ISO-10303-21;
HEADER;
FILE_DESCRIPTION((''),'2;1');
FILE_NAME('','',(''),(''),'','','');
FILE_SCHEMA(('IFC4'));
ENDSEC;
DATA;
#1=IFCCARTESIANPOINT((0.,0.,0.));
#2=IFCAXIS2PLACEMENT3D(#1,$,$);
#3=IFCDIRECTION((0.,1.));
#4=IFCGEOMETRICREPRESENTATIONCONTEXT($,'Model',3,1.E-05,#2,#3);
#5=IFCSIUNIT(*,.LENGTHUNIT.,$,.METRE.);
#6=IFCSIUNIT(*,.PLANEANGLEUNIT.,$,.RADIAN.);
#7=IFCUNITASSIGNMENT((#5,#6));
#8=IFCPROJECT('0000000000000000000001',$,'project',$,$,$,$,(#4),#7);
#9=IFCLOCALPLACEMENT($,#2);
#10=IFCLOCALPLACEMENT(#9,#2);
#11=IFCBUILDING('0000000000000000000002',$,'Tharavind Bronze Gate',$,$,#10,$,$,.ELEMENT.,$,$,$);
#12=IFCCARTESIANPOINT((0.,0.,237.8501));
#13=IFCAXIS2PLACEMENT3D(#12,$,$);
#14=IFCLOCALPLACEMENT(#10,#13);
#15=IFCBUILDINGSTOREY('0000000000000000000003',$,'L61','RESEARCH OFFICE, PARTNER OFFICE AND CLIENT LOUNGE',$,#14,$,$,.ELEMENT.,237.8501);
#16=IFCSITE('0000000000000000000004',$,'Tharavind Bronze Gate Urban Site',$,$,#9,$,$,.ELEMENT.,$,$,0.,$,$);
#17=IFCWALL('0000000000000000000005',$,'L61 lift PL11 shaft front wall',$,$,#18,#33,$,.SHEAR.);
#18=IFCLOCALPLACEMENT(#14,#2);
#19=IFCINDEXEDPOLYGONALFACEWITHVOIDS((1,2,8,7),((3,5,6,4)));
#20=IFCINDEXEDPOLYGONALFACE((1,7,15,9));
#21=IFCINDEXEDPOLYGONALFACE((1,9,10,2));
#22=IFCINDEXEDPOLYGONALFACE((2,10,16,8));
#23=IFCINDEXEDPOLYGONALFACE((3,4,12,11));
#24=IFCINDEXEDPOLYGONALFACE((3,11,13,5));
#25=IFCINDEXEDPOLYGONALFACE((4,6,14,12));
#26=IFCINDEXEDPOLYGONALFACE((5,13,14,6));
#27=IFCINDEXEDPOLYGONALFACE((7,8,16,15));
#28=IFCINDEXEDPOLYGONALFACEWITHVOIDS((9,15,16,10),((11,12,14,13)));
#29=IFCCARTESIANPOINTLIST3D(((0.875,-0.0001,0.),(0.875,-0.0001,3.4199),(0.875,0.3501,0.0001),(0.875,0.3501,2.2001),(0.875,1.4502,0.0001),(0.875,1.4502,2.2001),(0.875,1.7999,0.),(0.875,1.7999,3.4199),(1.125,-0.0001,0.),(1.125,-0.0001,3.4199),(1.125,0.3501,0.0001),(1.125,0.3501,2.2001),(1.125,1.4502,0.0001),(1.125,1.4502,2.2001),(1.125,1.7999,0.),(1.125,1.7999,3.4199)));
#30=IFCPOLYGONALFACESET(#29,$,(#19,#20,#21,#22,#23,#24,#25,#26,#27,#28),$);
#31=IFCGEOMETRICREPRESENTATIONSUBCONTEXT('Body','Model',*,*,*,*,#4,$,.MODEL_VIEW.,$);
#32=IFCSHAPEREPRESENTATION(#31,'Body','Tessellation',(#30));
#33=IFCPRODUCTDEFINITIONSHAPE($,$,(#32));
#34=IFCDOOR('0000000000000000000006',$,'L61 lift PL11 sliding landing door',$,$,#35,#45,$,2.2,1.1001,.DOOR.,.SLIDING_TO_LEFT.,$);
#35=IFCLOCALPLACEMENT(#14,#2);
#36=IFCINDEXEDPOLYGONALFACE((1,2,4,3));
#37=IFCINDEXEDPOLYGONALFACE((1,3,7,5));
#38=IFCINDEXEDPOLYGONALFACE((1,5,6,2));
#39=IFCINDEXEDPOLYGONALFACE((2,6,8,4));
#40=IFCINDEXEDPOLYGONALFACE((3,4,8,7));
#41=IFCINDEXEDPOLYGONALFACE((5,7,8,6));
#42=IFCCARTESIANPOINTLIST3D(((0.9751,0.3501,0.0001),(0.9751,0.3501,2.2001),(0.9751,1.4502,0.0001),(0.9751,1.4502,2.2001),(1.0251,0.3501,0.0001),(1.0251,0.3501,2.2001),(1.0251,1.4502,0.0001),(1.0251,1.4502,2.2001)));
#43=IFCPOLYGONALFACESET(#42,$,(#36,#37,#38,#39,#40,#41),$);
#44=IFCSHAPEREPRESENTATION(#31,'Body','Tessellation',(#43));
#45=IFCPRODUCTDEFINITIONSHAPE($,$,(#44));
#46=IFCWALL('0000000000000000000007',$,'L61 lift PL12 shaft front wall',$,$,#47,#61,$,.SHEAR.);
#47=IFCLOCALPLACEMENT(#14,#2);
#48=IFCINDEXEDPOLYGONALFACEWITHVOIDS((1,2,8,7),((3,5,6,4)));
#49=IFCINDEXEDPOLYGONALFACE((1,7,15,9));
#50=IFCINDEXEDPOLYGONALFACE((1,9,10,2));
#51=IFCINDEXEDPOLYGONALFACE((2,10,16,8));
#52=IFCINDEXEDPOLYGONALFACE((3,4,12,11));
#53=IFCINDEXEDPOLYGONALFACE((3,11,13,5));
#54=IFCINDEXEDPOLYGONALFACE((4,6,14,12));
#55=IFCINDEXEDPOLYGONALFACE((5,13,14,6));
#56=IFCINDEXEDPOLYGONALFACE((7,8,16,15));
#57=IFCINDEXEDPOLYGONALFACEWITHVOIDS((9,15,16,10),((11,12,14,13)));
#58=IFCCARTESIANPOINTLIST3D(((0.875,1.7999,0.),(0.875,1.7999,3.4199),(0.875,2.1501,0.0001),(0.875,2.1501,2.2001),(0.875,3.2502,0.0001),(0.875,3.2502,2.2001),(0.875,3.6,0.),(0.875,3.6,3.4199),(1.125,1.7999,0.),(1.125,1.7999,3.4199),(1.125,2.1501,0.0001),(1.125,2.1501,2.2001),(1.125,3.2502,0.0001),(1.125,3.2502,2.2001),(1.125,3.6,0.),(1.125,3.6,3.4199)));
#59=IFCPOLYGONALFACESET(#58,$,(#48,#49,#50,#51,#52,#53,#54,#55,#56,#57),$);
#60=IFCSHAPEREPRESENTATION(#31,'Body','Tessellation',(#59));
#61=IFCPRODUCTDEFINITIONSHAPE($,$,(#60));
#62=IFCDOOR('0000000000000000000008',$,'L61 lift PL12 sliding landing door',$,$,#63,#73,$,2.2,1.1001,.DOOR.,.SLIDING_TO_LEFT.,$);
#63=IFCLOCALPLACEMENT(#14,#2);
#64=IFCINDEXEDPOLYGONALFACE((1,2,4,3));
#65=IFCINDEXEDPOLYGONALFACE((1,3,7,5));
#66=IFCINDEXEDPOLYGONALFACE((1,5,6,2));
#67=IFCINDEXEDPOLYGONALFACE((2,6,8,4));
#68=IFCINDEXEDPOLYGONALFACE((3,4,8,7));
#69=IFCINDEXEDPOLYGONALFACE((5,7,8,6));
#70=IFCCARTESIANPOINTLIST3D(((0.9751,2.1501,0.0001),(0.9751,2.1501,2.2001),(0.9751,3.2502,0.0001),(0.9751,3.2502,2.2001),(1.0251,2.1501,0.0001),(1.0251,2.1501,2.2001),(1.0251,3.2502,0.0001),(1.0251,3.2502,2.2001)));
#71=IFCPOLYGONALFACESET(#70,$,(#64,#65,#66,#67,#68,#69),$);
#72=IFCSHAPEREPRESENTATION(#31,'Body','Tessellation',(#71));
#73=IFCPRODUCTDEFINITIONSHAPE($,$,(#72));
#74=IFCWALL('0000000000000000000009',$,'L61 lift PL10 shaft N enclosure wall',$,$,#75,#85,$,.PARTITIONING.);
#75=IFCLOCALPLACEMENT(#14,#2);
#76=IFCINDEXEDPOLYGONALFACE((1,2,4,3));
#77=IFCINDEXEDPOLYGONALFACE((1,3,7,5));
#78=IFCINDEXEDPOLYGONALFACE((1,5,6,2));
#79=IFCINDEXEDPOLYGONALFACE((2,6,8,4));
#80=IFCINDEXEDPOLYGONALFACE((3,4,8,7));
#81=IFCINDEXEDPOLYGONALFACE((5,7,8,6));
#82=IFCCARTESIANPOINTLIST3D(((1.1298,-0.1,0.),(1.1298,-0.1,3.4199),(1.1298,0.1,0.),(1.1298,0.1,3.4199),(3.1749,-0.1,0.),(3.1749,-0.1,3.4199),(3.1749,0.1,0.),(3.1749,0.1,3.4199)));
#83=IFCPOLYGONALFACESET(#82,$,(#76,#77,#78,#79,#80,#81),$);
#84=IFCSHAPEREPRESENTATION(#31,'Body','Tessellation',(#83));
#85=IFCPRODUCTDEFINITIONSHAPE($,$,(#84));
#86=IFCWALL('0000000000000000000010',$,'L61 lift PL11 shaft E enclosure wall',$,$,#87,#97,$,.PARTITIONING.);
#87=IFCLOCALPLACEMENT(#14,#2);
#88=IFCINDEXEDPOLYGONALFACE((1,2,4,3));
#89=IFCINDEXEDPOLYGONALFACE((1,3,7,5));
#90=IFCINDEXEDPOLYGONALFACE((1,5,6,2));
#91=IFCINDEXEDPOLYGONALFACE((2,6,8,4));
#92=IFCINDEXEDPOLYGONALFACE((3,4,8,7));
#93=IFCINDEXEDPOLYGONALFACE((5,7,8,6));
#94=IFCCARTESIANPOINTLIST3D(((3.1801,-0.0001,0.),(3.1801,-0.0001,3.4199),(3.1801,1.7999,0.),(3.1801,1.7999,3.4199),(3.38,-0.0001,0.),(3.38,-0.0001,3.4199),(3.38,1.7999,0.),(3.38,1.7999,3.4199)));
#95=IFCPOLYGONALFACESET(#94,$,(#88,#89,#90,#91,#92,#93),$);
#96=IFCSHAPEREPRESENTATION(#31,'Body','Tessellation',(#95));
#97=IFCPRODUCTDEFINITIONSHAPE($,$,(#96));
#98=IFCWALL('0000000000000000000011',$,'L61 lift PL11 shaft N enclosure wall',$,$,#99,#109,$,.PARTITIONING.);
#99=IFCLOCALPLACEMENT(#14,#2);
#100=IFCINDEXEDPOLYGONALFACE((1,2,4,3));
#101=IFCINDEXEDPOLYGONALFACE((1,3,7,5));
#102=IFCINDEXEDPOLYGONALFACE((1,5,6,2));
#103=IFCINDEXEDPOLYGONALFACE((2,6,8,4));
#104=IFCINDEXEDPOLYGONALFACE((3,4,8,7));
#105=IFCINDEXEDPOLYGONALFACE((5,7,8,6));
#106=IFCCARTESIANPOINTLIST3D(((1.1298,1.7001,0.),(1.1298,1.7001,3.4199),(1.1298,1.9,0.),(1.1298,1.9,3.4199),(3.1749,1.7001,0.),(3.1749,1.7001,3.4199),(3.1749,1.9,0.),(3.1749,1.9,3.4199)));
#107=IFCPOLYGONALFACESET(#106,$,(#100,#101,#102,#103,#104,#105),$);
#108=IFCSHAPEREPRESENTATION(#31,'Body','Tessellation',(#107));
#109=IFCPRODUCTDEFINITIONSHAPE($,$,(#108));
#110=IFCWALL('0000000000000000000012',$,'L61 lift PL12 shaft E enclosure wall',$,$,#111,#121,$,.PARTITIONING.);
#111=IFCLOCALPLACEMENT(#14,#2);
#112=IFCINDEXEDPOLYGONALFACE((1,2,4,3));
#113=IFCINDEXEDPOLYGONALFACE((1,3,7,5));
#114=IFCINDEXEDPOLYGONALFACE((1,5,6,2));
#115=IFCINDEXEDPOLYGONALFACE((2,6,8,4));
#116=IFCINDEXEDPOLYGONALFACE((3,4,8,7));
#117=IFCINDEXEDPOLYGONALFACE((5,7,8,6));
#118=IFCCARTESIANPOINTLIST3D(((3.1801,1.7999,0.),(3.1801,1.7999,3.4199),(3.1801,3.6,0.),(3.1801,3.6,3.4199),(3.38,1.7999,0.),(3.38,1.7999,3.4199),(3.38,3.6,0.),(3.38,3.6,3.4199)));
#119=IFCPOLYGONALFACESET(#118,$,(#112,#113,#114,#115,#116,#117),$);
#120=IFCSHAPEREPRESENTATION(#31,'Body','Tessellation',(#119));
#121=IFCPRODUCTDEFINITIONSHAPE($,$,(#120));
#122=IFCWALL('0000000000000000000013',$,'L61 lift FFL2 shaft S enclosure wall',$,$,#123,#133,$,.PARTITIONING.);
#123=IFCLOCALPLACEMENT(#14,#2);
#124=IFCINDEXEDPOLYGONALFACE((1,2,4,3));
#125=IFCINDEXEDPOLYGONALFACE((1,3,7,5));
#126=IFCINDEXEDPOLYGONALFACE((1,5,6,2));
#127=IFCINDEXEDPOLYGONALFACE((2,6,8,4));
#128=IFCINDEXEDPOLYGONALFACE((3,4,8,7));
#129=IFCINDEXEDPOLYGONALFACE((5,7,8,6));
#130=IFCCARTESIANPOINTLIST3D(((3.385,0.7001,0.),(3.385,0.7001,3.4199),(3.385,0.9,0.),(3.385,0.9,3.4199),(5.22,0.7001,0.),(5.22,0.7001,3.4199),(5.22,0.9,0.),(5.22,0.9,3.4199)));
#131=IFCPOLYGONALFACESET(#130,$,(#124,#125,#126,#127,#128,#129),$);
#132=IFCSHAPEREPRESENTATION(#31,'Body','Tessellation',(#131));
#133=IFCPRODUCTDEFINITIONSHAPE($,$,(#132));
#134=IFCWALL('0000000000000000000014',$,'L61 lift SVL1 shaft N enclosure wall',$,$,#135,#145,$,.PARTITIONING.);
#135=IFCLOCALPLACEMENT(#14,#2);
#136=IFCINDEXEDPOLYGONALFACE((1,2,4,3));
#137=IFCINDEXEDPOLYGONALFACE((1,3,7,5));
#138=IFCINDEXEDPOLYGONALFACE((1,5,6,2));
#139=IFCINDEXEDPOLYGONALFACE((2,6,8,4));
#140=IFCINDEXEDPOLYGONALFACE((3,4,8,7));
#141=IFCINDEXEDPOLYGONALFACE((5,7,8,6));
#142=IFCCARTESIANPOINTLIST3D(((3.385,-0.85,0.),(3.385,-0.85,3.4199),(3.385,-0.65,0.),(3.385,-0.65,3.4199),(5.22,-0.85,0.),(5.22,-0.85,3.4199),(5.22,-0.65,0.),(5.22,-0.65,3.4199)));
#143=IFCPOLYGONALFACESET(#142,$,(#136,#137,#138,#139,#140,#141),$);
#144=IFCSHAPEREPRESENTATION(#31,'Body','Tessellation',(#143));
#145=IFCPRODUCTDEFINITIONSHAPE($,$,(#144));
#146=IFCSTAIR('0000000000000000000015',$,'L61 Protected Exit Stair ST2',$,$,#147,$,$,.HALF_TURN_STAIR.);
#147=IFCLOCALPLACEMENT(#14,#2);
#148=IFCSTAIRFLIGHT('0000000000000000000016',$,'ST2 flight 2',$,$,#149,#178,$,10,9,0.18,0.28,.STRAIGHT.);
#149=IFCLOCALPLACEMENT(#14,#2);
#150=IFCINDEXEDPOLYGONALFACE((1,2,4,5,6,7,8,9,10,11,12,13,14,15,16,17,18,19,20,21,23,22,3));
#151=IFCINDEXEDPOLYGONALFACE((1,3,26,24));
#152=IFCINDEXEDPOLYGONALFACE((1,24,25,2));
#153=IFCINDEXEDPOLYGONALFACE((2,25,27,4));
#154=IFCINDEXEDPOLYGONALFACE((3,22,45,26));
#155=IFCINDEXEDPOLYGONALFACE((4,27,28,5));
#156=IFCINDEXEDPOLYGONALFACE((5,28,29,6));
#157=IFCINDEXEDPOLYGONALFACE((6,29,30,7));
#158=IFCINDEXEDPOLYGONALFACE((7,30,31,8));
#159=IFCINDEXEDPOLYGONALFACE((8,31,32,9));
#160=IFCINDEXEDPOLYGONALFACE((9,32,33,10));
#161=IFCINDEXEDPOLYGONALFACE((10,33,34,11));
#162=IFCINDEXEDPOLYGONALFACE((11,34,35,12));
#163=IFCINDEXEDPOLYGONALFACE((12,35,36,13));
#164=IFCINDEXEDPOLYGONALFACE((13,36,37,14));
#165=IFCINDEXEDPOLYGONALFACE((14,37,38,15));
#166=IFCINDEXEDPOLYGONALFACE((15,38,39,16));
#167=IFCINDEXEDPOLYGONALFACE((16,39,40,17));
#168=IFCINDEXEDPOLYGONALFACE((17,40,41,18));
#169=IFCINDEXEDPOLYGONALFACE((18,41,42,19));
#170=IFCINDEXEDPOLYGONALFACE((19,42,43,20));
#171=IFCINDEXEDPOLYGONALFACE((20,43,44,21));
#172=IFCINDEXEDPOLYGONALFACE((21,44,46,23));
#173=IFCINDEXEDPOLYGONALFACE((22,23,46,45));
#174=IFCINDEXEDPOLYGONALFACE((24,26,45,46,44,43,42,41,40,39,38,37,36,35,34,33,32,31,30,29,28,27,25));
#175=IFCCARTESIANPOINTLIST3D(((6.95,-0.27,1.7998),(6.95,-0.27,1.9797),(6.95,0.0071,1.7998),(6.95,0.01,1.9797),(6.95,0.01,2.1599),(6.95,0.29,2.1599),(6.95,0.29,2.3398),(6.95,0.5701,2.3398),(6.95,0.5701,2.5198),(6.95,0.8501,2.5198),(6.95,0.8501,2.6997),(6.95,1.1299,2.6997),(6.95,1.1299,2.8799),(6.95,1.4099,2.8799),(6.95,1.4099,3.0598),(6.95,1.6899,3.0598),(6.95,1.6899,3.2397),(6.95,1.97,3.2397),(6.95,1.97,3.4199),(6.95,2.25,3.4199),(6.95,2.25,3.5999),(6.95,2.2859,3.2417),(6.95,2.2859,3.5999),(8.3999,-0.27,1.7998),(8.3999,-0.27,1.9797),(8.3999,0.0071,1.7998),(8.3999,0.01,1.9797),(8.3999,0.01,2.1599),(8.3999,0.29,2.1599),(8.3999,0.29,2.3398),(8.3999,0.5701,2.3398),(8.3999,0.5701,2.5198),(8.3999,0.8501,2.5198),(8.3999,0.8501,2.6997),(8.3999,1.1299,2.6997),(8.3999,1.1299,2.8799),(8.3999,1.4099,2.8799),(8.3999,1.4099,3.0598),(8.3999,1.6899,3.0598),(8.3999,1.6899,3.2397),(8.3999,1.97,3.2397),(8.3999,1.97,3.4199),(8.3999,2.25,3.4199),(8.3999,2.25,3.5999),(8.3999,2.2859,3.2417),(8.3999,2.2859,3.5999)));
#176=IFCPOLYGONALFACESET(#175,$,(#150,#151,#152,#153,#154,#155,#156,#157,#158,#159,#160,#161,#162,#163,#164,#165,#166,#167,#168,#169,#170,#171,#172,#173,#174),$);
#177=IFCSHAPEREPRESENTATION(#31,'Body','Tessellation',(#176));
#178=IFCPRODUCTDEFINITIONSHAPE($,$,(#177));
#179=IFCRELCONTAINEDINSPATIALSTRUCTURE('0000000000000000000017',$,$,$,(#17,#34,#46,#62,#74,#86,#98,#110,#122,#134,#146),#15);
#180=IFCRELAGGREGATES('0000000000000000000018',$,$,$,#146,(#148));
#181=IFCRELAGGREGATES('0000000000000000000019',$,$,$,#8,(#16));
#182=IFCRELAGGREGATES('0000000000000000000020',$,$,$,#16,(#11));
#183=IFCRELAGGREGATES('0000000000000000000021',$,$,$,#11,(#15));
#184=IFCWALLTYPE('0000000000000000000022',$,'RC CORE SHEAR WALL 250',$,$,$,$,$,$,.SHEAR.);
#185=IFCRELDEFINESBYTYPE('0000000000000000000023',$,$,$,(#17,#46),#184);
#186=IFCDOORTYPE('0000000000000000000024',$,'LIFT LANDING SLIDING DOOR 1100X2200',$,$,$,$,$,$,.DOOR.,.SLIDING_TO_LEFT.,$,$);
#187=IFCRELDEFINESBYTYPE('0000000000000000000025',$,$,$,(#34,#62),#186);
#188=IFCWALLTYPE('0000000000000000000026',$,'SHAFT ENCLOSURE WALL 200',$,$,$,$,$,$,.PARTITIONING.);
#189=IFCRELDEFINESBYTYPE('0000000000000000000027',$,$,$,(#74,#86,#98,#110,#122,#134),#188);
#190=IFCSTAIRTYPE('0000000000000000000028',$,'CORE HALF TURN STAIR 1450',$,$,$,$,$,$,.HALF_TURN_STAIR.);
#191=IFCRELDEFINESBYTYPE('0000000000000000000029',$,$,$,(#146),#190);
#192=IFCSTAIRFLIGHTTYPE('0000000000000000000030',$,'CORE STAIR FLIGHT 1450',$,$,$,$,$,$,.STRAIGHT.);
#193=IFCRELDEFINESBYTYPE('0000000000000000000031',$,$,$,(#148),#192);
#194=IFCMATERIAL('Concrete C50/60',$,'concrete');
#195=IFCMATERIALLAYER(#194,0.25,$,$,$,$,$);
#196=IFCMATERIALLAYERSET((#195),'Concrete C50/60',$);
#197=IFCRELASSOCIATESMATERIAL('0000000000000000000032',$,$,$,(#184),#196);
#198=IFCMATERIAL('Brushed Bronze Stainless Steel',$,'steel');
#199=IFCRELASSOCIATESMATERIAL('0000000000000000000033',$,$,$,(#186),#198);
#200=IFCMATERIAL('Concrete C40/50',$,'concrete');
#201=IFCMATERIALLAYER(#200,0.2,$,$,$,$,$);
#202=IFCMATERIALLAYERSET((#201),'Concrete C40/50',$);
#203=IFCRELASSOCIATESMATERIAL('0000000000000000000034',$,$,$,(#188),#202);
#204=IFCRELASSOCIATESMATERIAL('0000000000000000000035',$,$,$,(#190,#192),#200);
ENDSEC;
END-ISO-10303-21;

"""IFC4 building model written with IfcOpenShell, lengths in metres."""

from ifc_helpers import new_model, si_unit, direction, frame, frame_2d, origin, place, context, subcontext, project, spatial, polyline, rectangle, outline, extrude, material, layer, layer_set, type_object, element, fill, aggregate, save


model = new_model("IFC4")

# Units and contexts
model_context = context("Model", 3, precision=1e-05, world=origin(), true_north=direction((0.0, 1.0)))
body_context = subcontext(model_context, "Body", "Model", "MODEL_VIEW")
ifc_project = project(units=[si_unit("LENGTHUNIT", "METRE"), si_unit("PLANEANGLEUNIT", "RADIAN")], contexts=[model_context])

# Site, building, storey
site_placement = place(None, origin())
site = spatial("IfcSite", under=ifc_project, at=site_placement, Name="Tharavind Bronze Gate Urban Site", CompositionType="ELEMENT", RefElevation=0.0)
building_placement = place(site_placement, origin())
building = spatial("IfcBuilding", under=site, at=building_placement, Name="Tharavind Bronze Gate", CompositionType="ELEMENT")
storey_placement = place(building_placement, frame((0.0, 0.0, 237.8501)))
storey = spatial("IfcBuildingStorey", under=building, at=storey_placement, Name="L61", Description="RESEARCH OFFICE, PARTNER OFFICE AND CLIENT LOUNGE", CompositionType="ELEMENT", Elevation=237.8501)

# Walls, openings, doors
ifc_material_1 = material(Name="Concrete C50/60", Category="concrete")
ifc_layer_1 = layer(ifc_material_1, 0.25)
ifc_layer_set_1 = layer_set([ifc_layer_1], Name="Concrete C50/60")
wall_type_1 = type_object("IfcWallType", Name="RC CORE SHEAR WALL 250", PredefinedType="SHEAR", material=ifc_layer_set_1)
wall_1_placement = place(storey_placement, frame((1.0, 0.0, 0.0), z_axis=(0.0, 0.0, 1.0), x_axis=(0.0, 1.0, 0.0)))
wall_1 = element("IfcWall", 1, at=wall_1_placement, inside=storey, type_object=wall_type_1, Name="L61 lift PL11 shaft front wall", PredefinedType="SHEAR", context=body_context, shape_type="SweptSolid", body=[
    extrude(rectangle(XDim=1.8, YDim=0.25, at=frame_2d((0.8999, 0.0))), origin(), (0.0, 0.0, 1.0), 3.4199),
])
opening_1_placement = place(wall_1_placement, frame((0.3501, 0.0, 0.0)))
opening_1 = element("IfcOpeningElement", 2, at=opening_1_placement, cuts=wall_1, PredefinedType="OPENING", context=body_context, shape_type="SweptSolid", body=[
    extrude(rectangle(XDim=1.1001, YDim=2.2, at=frame_2d((0.55, 1.1001))), frame((0.0, 0.135, 0.0), z_axis=(0.0, -1.0, 0.0), x_axis=(1.0, 0.0, 0.0)), (0.0, 0.0, 1.0), 0.27),
])
ifc_material_2 = material(Name="Brushed Bronze Stainless Steel", Category="steel")
door_type = type_object("IfcDoorType", Name="LIFT LANDING SLIDING DOOR 1100X2200", OperationType="SLIDING_TO_LEFT", PredefinedType="DOOR", material=ifc_material_2)
door_1_placement = place(opening_1_placement, origin())
door_1 = element("IfcDoor", 3, at=door_1_placement, inside=storey, type_object=door_type, Name="L61 lift PL11 sliding landing door", OperationType="SLIDING_TO_LEFT", OverallHeight=2.2, OverallWidth=1.1001, PredefinedType="DOOR", context=body_context, shape_type="SweptSolid", body=[
    extrude(rectangle(XDim=1.1001, YDim=2.2, at=frame_2d((0.55, 1.1001))), frame((0.0, 0.0249, 0.0), z_axis=(0.0, -1.0, 0.0), x_axis=(1.0, 0.0, 0.0)), (0.0, 0.0, 1.0), 0.05),
])
fill(opening_1, door_1)
wall_2_placement = place(storey_placement, frame((1.0, 1.8, 0.0), z_axis=(0.0, 0.0, 1.0), x_axis=(0.0, 1.0, 0.0)))
wall_2 = element("IfcWall", 4, at=wall_2_placement, inside=storey, type_object=wall_type_1, Name="L61 lift PL12 shaft front wall", PredefinedType="SHEAR", context=body_context, shape_type="SweptSolid", body=[
    extrude(rectangle(XDim=1.8, YDim=0.25, at=frame_2d((0.8999, 0.0))), origin(), (0.0, 0.0, 1.0), 3.4199),
])
opening_2_placement = place(wall_2_placement, frame((0.3501, 0.0, 0.0)))
opening_2 = element("IfcOpeningElement", 5, at=opening_2_placement, cuts=wall_2, PredefinedType="OPENING", context=body_context, shape_type="SweptSolid", body=[
    extrude(rectangle(XDim=1.1001, YDim=2.2, at=frame_2d((0.55, 1.1001))), frame((0.0, 0.135, 0.0), z_axis=(0.0, -1.0, 0.0), x_axis=(1.0, 0.0, 0.0)), (0.0, 0.0, 1.0), 0.27),
])
door_2_placement = place(opening_2_placement, origin())
door_2 = element("IfcDoor", 6, at=door_2_placement, inside=storey, type_object=door_type, Name="L61 lift PL12 sliding landing door", OperationType="SLIDING_TO_LEFT", OverallHeight=2.2, OverallWidth=1.1001, PredefinedType="DOOR", context=body_context, shape_type="SweptSolid", body=[
    extrude(rectangle(XDim=1.1001, YDim=2.2, at=frame_2d((0.55, 1.1001))), frame((0.0, 0.0249, 0.0), z_axis=(0.0, -1.0, 0.0), x_axis=(1.0, 0.0, 0.0)), (0.0, 0.0, 1.0), 0.05),
])
fill(opening_2, door_2)

# Walls
ifc_material_3 = material(Name="Concrete C40/50", Category="concrete")
ifc_layer_2 = layer(ifc_material_3, 0.2)
ifc_layer_set_2 = layer_set([ifc_layer_2], Name="Concrete C40/50")
wall_type_2 = type_object("IfcWallType", Name="SHAFT ENCLOSURE WALL 200", PredefinedType="PARTITIONING", material=ifc_layer_set_2)
wall_3_placement = place(storey_placement, frame((1.1299, 0.0, 0.0), z_axis=(0.0, 0.0, 1.0), x_axis=(1.0, 0.0, 0.0)))
element("IfcWall", 7, at=wall_3_placement, inside=storey, type_object=wall_type_2, Name="L61 lift PL10 shaft N enclosure wall", PredefinedType="PARTITIONING", context=body_context, shape_type="SweptSolid", body=[
    extrude(rectangle(XDim=2.0452, YDim=0.2, at=frame_2d((1.0225, 0.0))), origin(), (0.0, 0.0, 1.0), 3.4199),
])
wall_4_placement = place(storey_placement, frame((3.28, 0.0, 0.0), z_axis=(0.0, 0.0, 1.0), x_axis=(0.0, 1.0, 0.0)))
element("IfcWall", 8, at=wall_4_placement, inside=storey, type_object=wall_type_2, Name="L61 lift PL11 shaft E enclosure wall", PredefinedType="PARTITIONING", context=body_context, shape_type="SweptSolid", body=[
    extrude(rectangle(XDim=1.8, YDim=0.2, at=frame_2d((0.8999, 0.0))), origin(), (0.0, 0.0, 1.0), 3.4199),
])
wall_5_placement = place(storey_placement, frame((1.1299, 1.8, 0.0), z_axis=(0.0, 0.0, 1.0), x_axis=(1.0, 0.0, 0.0)))
element("IfcWall", 9, at=wall_5_placement, inside=storey, type_object=wall_type_2, Name="L61 lift PL11 shaft N enclosure wall", PredefinedType="PARTITIONING", context=body_context, shape_type="SweptSolid", body=[
    extrude(rectangle(XDim=2.0452, YDim=0.2, at=frame_2d((1.0225, 0.0))), origin(), (0.0, 0.0, 1.0), 3.4199),
])
wall_6_placement = place(storey_placement, frame((3.28, 1.8, 0.0), z_axis=(0.0, 0.0, 1.0), x_axis=(0.0, 1.0, 0.0)))
element("IfcWall", 10, at=wall_6_placement, inside=storey, type_object=wall_type_2, Name="L61 lift PL12 shaft E enclosure wall", PredefinedType="PARTITIONING", context=body_context, shape_type="SweptSolid", body=[
    extrude(rectangle(XDim=1.8, YDim=0.2, at=frame_2d((0.8999, 0.0))), origin(), (0.0, 0.0, 1.0), 3.4199),
])
for number, where, z_axis, x_axis, name in (
    (11, (3.385, 0.8, 0.0), (0.0, 0.0, 1.0), (1.0, 0.0, 0.0), "L61 lift FFL2 shaft S enclosure wall"),
    (12, (3.385, -0.75, 0.0), (0.0, 0.0, 1.0), (1.0, 0.0, 0.0), "L61 lift SVL1 shaft N enclosure wall"),
):
    element("IfcWall", number, at=place(storey_placement, frame(where, z_axis=z_axis, x_axis=x_axis)), inside=storey, type_object=wall_type_2, Name=name, PredefinedType="PARTITIONING", context=body_context, shape_type="SweptSolid", body=[
        extrude(rectangle(XDim=1.835, YDim=0.2, at=frame_2d((0.9175, 0.0))), origin(), (0.0, 0.0, 1.0), 3.4199),
    ])

# Stair, stair flight
stair_type = type_object("IfcStairType", Name="CORE HALF TURN STAIR 1450", PredefinedType="HALF_TURN_STAIR", material=ifc_material_3)
stair_placement = place(storey_placement, origin())
stair = element("IfcStair", 13, at=stair_placement, inside=storey, type_object=stair_type, Name="L61 Protected Exit Stair ST2", PredefinedType="HALF_TURN_STAIR")
stair_flight_type = type_object("IfcStairFlightType", Name="CORE STAIR FLIGHT 1450", PredefinedType="STRAIGHT", material=ifc_material_3)
stair_flight_placement = place(storey_placement, frame((7.675, -0.27, 1.7998), z_axis=(0.0, 0.0, 1.0), x_axis=(0.0, 1.0, 0.0)))
stair_flight = element("IfcStairFlight", 14, at=stair_flight_placement, type_object=stair_flight_type, Name="ST2 flight 2", NumberOfRisers=10, NumberOfTreads=9, PredefinedType="STRAIGHT", RiserHeight=0.18, TreadLength=0.28, context=body_context, shape_type="SweptSolid", body=[
    extrude(outline(polyline([(0.0, 0.0), (0.0, 0.1799), (0.28, 0.1799), (0.28, 0.3601), (0.5601, 0.3601), (0.5601, 0.54), (0.8401, 0.54), (0.8401, 0.72), (1.1201, 0.72), (1.1201, 0.8999), (1.3999, 0.8999), (1.3999, 1.0801), (1.6799, 1.0801), (1.6799, 1.26), (1.96, 1.26), (1.96, 1.4399), (2.24, 1.4399), (2.24, 1.6201), (2.52, 1.6201), (2.52, 1.8), (2.5559, 1.8), (2.5559, 1.4419), (0.2771, 0.0), (0.0, 0.0)])), frame((0.0, 0.7251, 0.0), z_axis=(0.0, -1.0, 0.0), x_axis=(1.0, 0.0, 0.0)), (0.0, 0.0, 1.0), 1.45),
])
aggregate(stair, [stair_flight])

save(model, "model.ifc")
